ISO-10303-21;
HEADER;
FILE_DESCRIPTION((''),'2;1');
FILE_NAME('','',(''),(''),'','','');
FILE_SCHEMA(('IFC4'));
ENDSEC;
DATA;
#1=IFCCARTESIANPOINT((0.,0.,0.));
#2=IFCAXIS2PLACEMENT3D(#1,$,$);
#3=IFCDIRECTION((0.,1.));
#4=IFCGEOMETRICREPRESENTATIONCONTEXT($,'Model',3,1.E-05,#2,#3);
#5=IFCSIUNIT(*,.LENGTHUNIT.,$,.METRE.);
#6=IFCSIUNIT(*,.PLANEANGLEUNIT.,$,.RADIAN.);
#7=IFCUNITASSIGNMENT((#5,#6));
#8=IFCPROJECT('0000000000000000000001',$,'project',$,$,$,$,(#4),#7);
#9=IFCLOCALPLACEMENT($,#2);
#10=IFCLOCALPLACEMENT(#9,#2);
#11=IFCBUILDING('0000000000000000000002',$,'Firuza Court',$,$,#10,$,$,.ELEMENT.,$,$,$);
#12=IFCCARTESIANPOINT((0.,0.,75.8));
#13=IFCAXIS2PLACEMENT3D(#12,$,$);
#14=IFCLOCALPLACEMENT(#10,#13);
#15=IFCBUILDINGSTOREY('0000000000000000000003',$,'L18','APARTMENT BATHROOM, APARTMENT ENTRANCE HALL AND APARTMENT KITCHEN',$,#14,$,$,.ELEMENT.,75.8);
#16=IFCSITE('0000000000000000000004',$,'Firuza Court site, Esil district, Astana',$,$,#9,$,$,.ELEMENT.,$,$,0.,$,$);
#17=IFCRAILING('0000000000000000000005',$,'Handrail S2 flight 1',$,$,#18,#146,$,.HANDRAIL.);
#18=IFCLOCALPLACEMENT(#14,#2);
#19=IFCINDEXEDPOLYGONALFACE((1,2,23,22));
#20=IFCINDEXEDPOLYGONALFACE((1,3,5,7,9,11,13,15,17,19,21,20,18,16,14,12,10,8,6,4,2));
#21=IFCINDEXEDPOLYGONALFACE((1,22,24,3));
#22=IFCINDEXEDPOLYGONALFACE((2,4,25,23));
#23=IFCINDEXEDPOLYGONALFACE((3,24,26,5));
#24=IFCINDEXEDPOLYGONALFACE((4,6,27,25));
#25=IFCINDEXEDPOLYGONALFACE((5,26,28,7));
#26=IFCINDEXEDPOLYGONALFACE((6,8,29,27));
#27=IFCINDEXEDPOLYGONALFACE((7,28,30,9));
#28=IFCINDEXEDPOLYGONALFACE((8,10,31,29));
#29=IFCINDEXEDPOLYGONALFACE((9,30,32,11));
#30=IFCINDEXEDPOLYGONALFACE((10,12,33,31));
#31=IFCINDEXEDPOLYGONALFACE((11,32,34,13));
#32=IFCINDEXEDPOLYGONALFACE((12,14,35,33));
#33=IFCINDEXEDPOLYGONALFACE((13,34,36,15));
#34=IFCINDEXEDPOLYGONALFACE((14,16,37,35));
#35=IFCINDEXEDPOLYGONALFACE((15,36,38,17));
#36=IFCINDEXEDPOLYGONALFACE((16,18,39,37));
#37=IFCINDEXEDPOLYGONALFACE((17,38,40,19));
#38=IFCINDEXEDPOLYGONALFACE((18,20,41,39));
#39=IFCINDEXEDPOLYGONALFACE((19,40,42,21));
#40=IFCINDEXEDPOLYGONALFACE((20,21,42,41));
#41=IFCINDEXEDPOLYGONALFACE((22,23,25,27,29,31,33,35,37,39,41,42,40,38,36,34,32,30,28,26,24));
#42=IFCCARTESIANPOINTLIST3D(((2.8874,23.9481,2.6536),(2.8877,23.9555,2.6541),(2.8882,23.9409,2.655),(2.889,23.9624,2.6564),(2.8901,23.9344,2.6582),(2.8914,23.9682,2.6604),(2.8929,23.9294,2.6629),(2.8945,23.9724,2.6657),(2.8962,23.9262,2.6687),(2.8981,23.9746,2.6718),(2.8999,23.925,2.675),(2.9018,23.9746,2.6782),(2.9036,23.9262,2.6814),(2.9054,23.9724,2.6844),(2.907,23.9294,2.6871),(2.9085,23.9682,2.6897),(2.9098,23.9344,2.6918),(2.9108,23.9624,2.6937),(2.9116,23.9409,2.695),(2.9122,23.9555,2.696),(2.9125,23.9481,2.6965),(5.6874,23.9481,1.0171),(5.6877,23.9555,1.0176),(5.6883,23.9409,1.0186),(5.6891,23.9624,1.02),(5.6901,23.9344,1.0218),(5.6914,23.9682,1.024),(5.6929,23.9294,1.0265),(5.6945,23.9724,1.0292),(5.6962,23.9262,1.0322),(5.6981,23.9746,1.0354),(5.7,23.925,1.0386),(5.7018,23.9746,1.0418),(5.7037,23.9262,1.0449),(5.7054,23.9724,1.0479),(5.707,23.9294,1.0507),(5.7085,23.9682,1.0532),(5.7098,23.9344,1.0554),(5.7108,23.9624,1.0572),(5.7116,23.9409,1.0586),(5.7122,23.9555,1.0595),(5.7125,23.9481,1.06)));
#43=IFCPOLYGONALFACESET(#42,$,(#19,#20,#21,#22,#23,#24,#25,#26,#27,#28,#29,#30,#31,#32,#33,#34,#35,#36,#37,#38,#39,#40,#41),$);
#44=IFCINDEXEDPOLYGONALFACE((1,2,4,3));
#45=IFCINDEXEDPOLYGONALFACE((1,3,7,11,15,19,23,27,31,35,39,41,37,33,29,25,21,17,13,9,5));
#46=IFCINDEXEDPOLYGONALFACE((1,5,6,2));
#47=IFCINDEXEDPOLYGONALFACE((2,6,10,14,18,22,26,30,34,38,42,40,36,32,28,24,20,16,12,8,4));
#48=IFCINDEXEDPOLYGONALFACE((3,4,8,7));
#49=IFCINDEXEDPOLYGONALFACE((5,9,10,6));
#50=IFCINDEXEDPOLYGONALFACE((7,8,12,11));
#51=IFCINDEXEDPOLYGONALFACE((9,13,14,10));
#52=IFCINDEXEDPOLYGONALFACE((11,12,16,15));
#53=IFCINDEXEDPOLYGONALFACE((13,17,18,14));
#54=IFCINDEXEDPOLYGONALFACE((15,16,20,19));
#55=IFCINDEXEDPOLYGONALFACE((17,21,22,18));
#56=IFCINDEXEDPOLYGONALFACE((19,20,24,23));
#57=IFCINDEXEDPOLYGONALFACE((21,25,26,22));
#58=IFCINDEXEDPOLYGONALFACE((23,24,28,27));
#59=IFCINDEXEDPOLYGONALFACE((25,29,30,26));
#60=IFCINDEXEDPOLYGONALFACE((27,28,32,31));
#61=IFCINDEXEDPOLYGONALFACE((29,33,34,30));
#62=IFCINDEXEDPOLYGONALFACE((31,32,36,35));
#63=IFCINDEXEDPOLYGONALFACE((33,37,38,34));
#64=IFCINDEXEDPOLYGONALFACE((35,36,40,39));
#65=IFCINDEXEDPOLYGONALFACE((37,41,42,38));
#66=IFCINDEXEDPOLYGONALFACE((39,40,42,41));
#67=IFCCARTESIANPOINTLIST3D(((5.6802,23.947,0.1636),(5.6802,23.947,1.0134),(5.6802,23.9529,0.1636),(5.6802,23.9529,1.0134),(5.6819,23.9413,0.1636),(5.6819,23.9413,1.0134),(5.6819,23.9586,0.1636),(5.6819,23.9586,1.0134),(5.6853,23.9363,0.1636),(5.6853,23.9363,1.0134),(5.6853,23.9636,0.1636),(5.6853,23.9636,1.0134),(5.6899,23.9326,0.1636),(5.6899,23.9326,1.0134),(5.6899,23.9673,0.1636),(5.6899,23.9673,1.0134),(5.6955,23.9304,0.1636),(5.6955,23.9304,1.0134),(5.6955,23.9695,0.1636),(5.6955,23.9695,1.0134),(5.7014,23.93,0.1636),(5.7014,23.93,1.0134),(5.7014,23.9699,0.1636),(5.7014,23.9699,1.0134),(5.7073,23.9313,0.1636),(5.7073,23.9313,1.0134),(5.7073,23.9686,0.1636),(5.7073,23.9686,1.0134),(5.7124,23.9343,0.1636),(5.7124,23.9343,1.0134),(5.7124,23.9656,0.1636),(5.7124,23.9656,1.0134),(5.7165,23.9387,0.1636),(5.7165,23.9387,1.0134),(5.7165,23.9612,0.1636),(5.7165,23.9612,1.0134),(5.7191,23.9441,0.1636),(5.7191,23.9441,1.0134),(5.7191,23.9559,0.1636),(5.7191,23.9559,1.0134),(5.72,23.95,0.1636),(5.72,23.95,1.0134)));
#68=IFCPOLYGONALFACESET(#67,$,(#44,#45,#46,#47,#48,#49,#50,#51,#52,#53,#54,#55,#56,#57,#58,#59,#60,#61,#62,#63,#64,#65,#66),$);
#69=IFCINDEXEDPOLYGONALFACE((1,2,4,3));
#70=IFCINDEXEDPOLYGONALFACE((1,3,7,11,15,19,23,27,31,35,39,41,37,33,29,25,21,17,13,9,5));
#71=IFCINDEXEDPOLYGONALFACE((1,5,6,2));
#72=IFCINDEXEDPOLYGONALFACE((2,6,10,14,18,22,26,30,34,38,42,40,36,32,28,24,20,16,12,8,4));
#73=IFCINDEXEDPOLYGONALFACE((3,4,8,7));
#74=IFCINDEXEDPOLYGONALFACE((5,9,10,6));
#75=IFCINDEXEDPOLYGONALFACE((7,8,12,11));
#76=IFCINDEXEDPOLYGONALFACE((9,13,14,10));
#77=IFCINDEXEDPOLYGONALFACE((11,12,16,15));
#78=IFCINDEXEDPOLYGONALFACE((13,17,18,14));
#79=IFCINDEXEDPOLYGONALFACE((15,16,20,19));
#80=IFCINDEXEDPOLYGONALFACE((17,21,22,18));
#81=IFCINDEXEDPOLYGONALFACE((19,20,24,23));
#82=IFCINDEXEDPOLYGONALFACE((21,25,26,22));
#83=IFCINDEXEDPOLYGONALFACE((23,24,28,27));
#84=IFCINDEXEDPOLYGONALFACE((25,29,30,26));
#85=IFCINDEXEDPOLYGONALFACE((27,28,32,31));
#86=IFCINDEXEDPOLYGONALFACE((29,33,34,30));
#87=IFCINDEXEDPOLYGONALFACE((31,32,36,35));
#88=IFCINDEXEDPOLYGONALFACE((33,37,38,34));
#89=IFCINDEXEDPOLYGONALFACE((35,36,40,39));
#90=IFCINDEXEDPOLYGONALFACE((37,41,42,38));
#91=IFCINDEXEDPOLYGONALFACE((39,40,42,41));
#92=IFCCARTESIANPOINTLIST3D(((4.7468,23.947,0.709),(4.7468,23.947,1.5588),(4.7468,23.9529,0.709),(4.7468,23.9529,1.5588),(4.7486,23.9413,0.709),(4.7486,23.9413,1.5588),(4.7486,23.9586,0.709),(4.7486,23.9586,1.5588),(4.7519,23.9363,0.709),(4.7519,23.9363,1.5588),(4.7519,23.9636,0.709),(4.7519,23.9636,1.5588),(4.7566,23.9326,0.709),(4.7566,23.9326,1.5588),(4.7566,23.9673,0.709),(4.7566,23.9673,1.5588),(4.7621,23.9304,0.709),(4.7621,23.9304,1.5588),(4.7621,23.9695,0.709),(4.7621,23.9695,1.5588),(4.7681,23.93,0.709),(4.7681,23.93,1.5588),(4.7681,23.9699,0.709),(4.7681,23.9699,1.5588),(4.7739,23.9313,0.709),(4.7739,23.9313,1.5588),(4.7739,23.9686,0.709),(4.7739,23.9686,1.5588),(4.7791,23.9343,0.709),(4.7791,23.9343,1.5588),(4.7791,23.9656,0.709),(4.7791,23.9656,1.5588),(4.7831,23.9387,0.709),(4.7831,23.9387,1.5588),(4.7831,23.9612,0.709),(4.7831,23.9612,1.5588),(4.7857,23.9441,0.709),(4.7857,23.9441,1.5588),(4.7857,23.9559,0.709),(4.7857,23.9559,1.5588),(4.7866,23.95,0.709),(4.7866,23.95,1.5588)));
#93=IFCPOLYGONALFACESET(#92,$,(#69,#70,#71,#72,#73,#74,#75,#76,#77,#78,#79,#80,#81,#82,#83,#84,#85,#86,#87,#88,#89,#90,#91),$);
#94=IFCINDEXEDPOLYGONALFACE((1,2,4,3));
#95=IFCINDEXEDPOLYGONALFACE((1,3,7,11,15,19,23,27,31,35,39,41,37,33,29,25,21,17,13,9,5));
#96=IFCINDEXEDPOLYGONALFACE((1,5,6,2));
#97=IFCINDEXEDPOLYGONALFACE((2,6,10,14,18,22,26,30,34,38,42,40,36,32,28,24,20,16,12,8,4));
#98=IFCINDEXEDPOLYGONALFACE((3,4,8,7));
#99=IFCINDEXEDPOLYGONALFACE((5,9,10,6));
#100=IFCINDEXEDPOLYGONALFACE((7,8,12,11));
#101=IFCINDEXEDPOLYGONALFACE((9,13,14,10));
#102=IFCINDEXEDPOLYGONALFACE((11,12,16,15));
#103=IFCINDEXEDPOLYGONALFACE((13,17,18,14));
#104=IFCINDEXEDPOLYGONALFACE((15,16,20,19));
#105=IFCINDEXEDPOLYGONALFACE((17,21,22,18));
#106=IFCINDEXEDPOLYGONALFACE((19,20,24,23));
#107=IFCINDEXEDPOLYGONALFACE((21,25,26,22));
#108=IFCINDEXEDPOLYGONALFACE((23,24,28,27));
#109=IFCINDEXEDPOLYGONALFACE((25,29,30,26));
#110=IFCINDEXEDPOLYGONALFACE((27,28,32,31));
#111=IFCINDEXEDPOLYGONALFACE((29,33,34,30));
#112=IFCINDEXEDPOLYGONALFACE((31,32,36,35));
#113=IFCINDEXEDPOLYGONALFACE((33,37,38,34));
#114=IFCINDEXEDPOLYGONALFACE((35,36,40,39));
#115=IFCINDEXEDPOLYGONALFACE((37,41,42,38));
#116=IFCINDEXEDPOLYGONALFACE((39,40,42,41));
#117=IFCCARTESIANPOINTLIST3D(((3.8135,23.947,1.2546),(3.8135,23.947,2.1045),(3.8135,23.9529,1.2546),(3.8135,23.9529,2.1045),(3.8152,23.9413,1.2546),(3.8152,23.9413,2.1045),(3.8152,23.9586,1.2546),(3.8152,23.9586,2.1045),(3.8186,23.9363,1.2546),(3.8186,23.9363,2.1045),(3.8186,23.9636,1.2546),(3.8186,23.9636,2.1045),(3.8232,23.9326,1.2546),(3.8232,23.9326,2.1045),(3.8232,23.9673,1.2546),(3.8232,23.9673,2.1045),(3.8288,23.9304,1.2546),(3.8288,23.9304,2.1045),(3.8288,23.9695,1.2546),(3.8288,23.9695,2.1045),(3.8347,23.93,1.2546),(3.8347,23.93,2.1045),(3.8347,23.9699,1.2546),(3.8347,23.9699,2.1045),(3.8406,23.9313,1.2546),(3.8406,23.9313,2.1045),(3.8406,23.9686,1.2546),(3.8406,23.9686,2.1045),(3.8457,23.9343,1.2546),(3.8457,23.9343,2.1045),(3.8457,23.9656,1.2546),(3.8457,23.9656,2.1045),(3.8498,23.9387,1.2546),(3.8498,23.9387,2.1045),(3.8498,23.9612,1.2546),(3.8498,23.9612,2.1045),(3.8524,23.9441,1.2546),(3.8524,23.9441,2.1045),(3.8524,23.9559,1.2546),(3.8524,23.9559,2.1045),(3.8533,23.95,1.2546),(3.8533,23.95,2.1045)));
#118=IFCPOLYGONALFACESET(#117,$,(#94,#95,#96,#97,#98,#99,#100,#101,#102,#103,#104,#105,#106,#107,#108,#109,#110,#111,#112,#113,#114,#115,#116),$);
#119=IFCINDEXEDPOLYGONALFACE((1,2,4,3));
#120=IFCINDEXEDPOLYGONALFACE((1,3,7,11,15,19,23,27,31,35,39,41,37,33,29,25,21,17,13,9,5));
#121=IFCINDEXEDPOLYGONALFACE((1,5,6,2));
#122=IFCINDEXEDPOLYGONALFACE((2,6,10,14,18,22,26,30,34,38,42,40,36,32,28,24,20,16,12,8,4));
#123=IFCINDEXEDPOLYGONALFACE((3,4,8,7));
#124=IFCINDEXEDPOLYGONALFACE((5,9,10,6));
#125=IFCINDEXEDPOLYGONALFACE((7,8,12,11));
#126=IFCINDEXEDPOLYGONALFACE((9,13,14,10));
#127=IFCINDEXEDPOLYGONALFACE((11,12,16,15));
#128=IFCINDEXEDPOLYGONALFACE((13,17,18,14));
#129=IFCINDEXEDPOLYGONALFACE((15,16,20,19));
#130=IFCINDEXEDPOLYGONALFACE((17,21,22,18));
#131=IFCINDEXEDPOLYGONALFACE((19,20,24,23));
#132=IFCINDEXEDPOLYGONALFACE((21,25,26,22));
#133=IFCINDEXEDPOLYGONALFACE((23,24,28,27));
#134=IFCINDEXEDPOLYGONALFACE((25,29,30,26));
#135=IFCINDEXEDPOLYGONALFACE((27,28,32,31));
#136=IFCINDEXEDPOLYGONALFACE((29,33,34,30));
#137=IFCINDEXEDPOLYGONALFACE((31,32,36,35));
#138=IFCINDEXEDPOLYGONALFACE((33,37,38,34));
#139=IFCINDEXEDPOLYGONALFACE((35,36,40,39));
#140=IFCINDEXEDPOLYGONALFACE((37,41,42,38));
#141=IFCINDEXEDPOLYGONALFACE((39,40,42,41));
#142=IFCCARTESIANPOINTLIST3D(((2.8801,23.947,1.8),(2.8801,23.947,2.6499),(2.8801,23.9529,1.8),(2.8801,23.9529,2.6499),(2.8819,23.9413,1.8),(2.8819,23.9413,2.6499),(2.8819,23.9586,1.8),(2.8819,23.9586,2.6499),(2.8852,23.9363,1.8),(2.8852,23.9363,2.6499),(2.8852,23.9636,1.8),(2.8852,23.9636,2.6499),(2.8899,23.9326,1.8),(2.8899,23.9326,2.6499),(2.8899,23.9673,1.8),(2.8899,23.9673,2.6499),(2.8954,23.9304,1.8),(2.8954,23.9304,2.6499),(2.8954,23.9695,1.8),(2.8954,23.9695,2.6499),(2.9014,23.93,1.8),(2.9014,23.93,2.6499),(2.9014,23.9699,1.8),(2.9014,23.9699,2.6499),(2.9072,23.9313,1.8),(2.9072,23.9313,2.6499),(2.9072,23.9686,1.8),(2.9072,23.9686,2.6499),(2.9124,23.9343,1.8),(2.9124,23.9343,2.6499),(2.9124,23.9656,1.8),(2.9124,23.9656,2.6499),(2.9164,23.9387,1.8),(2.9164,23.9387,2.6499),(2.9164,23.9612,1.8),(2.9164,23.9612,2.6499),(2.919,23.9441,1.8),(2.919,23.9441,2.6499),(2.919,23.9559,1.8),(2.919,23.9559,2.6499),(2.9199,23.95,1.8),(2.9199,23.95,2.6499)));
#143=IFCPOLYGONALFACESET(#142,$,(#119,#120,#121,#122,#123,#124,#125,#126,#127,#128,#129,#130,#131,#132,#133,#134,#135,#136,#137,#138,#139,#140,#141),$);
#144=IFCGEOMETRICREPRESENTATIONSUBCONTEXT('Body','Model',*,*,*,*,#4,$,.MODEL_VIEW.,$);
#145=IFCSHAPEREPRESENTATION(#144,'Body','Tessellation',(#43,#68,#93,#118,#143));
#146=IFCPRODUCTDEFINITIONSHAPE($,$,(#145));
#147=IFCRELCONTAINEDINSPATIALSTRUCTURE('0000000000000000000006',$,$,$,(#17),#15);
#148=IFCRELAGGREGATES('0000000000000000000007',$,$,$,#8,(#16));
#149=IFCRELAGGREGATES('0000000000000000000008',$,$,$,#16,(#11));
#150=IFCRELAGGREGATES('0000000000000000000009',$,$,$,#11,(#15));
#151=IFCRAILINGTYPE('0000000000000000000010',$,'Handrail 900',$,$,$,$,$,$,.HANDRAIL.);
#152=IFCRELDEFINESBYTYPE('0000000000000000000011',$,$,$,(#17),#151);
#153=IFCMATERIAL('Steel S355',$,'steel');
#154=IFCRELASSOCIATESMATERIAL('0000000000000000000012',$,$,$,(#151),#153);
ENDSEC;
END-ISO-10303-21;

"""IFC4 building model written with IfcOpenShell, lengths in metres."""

from ifc_helpers import new_model, si_unit, direction, frame, origin, origin_2d, place, context, subcontext, project, spatial, circle, extrude, material, type_object, element, save


model = new_model("IFC4")

# Units and contexts
model_context = context("Model", 3, precision=1e-05, world=origin(), true_north=direction((0.0, 1.0)))
body_context = subcontext(model_context, "Body", "Model", "MODEL_VIEW")
ifc_project = project(units=[si_unit("LENGTHUNIT", "METRE"), si_unit("PLANEANGLEUNIT", "RADIAN")], contexts=[model_context])

# Site, building, storey
site_placement = place(None, origin())
site = spatial("IfcSite", under=ifc_project, at=site_placement, Name="Firuza Court site, Esil district, Astana", CompositionType="ELEMENT", RefElevation=0.0)
building_placement = place(site_placement, origin())
building = spatial("IfcBuilding", under=site, at=building_placement, Name="Firuza Court", CompositionType="ELEMENT")
storey_placement = place(building_placement, frame((0.0, 0.0, 75.8)))
storey = spatial("IfcBuildingStorey", under=building, at=storey_placement, Name="L18", Description="APARTMENT BATHROOM, APARTMENT ENTRANCE HALL AND APARTMENT KITCHEN", CompositionType="ELEMENT", Elevation=75.8)

# Railing
ifc_material_1 = material(Name="Steel S355", Category="steel")
railing_type_1 = type_object("IfcRailingType", Name="Handrail 900", PredefinedType="HANDRAIL", material=ifc_material_1)
railing_1_placement = place(storey_placement, frame((5.7, 23.95, 0.1636)))
element("IfcRailing", 1, at=railing_1_placement, inside=storey, type_object=railing_type_1, Name="Handrail S2 flight 1", PredefinedType="HANDRAIL", context=body_context, shape_type="SweptSolid", body=[
    extrude(circle(Radius=0.0249, at=origin_2d()), frame((0.0, 0.0, 0.875), z_axis=(-0.863361, 0.0, 0.504587), x_axis=(0.0, -1.0, 0.0)), (0.0, 0.0, 1.0), 3.2432),
    extrude(circle(Radius=0.02, at=origin_2d()), origin(), (0.0, 0.0, 1.0), 0.8499),
    extrude(circle(Radius=0.02, at=origin_2d()), frame((-0.9333, 0.0, 0.5454)), (0.0, 0.0, 1.0), 0.8499),
    extrude(circle(Radius=0.02, at=origin_2d()), frame((-1.8667, 0.0, 1.0911)), (0.0, 0.0, 1.0), 0.8499),
    extrude(circle(Radius=0.02, at=origin_2d()), frame((-2.8, 0.0, 1.6365)), (0.0, 0.0, 1.0), 0.8499),
])

save(model, "model.ifc")
